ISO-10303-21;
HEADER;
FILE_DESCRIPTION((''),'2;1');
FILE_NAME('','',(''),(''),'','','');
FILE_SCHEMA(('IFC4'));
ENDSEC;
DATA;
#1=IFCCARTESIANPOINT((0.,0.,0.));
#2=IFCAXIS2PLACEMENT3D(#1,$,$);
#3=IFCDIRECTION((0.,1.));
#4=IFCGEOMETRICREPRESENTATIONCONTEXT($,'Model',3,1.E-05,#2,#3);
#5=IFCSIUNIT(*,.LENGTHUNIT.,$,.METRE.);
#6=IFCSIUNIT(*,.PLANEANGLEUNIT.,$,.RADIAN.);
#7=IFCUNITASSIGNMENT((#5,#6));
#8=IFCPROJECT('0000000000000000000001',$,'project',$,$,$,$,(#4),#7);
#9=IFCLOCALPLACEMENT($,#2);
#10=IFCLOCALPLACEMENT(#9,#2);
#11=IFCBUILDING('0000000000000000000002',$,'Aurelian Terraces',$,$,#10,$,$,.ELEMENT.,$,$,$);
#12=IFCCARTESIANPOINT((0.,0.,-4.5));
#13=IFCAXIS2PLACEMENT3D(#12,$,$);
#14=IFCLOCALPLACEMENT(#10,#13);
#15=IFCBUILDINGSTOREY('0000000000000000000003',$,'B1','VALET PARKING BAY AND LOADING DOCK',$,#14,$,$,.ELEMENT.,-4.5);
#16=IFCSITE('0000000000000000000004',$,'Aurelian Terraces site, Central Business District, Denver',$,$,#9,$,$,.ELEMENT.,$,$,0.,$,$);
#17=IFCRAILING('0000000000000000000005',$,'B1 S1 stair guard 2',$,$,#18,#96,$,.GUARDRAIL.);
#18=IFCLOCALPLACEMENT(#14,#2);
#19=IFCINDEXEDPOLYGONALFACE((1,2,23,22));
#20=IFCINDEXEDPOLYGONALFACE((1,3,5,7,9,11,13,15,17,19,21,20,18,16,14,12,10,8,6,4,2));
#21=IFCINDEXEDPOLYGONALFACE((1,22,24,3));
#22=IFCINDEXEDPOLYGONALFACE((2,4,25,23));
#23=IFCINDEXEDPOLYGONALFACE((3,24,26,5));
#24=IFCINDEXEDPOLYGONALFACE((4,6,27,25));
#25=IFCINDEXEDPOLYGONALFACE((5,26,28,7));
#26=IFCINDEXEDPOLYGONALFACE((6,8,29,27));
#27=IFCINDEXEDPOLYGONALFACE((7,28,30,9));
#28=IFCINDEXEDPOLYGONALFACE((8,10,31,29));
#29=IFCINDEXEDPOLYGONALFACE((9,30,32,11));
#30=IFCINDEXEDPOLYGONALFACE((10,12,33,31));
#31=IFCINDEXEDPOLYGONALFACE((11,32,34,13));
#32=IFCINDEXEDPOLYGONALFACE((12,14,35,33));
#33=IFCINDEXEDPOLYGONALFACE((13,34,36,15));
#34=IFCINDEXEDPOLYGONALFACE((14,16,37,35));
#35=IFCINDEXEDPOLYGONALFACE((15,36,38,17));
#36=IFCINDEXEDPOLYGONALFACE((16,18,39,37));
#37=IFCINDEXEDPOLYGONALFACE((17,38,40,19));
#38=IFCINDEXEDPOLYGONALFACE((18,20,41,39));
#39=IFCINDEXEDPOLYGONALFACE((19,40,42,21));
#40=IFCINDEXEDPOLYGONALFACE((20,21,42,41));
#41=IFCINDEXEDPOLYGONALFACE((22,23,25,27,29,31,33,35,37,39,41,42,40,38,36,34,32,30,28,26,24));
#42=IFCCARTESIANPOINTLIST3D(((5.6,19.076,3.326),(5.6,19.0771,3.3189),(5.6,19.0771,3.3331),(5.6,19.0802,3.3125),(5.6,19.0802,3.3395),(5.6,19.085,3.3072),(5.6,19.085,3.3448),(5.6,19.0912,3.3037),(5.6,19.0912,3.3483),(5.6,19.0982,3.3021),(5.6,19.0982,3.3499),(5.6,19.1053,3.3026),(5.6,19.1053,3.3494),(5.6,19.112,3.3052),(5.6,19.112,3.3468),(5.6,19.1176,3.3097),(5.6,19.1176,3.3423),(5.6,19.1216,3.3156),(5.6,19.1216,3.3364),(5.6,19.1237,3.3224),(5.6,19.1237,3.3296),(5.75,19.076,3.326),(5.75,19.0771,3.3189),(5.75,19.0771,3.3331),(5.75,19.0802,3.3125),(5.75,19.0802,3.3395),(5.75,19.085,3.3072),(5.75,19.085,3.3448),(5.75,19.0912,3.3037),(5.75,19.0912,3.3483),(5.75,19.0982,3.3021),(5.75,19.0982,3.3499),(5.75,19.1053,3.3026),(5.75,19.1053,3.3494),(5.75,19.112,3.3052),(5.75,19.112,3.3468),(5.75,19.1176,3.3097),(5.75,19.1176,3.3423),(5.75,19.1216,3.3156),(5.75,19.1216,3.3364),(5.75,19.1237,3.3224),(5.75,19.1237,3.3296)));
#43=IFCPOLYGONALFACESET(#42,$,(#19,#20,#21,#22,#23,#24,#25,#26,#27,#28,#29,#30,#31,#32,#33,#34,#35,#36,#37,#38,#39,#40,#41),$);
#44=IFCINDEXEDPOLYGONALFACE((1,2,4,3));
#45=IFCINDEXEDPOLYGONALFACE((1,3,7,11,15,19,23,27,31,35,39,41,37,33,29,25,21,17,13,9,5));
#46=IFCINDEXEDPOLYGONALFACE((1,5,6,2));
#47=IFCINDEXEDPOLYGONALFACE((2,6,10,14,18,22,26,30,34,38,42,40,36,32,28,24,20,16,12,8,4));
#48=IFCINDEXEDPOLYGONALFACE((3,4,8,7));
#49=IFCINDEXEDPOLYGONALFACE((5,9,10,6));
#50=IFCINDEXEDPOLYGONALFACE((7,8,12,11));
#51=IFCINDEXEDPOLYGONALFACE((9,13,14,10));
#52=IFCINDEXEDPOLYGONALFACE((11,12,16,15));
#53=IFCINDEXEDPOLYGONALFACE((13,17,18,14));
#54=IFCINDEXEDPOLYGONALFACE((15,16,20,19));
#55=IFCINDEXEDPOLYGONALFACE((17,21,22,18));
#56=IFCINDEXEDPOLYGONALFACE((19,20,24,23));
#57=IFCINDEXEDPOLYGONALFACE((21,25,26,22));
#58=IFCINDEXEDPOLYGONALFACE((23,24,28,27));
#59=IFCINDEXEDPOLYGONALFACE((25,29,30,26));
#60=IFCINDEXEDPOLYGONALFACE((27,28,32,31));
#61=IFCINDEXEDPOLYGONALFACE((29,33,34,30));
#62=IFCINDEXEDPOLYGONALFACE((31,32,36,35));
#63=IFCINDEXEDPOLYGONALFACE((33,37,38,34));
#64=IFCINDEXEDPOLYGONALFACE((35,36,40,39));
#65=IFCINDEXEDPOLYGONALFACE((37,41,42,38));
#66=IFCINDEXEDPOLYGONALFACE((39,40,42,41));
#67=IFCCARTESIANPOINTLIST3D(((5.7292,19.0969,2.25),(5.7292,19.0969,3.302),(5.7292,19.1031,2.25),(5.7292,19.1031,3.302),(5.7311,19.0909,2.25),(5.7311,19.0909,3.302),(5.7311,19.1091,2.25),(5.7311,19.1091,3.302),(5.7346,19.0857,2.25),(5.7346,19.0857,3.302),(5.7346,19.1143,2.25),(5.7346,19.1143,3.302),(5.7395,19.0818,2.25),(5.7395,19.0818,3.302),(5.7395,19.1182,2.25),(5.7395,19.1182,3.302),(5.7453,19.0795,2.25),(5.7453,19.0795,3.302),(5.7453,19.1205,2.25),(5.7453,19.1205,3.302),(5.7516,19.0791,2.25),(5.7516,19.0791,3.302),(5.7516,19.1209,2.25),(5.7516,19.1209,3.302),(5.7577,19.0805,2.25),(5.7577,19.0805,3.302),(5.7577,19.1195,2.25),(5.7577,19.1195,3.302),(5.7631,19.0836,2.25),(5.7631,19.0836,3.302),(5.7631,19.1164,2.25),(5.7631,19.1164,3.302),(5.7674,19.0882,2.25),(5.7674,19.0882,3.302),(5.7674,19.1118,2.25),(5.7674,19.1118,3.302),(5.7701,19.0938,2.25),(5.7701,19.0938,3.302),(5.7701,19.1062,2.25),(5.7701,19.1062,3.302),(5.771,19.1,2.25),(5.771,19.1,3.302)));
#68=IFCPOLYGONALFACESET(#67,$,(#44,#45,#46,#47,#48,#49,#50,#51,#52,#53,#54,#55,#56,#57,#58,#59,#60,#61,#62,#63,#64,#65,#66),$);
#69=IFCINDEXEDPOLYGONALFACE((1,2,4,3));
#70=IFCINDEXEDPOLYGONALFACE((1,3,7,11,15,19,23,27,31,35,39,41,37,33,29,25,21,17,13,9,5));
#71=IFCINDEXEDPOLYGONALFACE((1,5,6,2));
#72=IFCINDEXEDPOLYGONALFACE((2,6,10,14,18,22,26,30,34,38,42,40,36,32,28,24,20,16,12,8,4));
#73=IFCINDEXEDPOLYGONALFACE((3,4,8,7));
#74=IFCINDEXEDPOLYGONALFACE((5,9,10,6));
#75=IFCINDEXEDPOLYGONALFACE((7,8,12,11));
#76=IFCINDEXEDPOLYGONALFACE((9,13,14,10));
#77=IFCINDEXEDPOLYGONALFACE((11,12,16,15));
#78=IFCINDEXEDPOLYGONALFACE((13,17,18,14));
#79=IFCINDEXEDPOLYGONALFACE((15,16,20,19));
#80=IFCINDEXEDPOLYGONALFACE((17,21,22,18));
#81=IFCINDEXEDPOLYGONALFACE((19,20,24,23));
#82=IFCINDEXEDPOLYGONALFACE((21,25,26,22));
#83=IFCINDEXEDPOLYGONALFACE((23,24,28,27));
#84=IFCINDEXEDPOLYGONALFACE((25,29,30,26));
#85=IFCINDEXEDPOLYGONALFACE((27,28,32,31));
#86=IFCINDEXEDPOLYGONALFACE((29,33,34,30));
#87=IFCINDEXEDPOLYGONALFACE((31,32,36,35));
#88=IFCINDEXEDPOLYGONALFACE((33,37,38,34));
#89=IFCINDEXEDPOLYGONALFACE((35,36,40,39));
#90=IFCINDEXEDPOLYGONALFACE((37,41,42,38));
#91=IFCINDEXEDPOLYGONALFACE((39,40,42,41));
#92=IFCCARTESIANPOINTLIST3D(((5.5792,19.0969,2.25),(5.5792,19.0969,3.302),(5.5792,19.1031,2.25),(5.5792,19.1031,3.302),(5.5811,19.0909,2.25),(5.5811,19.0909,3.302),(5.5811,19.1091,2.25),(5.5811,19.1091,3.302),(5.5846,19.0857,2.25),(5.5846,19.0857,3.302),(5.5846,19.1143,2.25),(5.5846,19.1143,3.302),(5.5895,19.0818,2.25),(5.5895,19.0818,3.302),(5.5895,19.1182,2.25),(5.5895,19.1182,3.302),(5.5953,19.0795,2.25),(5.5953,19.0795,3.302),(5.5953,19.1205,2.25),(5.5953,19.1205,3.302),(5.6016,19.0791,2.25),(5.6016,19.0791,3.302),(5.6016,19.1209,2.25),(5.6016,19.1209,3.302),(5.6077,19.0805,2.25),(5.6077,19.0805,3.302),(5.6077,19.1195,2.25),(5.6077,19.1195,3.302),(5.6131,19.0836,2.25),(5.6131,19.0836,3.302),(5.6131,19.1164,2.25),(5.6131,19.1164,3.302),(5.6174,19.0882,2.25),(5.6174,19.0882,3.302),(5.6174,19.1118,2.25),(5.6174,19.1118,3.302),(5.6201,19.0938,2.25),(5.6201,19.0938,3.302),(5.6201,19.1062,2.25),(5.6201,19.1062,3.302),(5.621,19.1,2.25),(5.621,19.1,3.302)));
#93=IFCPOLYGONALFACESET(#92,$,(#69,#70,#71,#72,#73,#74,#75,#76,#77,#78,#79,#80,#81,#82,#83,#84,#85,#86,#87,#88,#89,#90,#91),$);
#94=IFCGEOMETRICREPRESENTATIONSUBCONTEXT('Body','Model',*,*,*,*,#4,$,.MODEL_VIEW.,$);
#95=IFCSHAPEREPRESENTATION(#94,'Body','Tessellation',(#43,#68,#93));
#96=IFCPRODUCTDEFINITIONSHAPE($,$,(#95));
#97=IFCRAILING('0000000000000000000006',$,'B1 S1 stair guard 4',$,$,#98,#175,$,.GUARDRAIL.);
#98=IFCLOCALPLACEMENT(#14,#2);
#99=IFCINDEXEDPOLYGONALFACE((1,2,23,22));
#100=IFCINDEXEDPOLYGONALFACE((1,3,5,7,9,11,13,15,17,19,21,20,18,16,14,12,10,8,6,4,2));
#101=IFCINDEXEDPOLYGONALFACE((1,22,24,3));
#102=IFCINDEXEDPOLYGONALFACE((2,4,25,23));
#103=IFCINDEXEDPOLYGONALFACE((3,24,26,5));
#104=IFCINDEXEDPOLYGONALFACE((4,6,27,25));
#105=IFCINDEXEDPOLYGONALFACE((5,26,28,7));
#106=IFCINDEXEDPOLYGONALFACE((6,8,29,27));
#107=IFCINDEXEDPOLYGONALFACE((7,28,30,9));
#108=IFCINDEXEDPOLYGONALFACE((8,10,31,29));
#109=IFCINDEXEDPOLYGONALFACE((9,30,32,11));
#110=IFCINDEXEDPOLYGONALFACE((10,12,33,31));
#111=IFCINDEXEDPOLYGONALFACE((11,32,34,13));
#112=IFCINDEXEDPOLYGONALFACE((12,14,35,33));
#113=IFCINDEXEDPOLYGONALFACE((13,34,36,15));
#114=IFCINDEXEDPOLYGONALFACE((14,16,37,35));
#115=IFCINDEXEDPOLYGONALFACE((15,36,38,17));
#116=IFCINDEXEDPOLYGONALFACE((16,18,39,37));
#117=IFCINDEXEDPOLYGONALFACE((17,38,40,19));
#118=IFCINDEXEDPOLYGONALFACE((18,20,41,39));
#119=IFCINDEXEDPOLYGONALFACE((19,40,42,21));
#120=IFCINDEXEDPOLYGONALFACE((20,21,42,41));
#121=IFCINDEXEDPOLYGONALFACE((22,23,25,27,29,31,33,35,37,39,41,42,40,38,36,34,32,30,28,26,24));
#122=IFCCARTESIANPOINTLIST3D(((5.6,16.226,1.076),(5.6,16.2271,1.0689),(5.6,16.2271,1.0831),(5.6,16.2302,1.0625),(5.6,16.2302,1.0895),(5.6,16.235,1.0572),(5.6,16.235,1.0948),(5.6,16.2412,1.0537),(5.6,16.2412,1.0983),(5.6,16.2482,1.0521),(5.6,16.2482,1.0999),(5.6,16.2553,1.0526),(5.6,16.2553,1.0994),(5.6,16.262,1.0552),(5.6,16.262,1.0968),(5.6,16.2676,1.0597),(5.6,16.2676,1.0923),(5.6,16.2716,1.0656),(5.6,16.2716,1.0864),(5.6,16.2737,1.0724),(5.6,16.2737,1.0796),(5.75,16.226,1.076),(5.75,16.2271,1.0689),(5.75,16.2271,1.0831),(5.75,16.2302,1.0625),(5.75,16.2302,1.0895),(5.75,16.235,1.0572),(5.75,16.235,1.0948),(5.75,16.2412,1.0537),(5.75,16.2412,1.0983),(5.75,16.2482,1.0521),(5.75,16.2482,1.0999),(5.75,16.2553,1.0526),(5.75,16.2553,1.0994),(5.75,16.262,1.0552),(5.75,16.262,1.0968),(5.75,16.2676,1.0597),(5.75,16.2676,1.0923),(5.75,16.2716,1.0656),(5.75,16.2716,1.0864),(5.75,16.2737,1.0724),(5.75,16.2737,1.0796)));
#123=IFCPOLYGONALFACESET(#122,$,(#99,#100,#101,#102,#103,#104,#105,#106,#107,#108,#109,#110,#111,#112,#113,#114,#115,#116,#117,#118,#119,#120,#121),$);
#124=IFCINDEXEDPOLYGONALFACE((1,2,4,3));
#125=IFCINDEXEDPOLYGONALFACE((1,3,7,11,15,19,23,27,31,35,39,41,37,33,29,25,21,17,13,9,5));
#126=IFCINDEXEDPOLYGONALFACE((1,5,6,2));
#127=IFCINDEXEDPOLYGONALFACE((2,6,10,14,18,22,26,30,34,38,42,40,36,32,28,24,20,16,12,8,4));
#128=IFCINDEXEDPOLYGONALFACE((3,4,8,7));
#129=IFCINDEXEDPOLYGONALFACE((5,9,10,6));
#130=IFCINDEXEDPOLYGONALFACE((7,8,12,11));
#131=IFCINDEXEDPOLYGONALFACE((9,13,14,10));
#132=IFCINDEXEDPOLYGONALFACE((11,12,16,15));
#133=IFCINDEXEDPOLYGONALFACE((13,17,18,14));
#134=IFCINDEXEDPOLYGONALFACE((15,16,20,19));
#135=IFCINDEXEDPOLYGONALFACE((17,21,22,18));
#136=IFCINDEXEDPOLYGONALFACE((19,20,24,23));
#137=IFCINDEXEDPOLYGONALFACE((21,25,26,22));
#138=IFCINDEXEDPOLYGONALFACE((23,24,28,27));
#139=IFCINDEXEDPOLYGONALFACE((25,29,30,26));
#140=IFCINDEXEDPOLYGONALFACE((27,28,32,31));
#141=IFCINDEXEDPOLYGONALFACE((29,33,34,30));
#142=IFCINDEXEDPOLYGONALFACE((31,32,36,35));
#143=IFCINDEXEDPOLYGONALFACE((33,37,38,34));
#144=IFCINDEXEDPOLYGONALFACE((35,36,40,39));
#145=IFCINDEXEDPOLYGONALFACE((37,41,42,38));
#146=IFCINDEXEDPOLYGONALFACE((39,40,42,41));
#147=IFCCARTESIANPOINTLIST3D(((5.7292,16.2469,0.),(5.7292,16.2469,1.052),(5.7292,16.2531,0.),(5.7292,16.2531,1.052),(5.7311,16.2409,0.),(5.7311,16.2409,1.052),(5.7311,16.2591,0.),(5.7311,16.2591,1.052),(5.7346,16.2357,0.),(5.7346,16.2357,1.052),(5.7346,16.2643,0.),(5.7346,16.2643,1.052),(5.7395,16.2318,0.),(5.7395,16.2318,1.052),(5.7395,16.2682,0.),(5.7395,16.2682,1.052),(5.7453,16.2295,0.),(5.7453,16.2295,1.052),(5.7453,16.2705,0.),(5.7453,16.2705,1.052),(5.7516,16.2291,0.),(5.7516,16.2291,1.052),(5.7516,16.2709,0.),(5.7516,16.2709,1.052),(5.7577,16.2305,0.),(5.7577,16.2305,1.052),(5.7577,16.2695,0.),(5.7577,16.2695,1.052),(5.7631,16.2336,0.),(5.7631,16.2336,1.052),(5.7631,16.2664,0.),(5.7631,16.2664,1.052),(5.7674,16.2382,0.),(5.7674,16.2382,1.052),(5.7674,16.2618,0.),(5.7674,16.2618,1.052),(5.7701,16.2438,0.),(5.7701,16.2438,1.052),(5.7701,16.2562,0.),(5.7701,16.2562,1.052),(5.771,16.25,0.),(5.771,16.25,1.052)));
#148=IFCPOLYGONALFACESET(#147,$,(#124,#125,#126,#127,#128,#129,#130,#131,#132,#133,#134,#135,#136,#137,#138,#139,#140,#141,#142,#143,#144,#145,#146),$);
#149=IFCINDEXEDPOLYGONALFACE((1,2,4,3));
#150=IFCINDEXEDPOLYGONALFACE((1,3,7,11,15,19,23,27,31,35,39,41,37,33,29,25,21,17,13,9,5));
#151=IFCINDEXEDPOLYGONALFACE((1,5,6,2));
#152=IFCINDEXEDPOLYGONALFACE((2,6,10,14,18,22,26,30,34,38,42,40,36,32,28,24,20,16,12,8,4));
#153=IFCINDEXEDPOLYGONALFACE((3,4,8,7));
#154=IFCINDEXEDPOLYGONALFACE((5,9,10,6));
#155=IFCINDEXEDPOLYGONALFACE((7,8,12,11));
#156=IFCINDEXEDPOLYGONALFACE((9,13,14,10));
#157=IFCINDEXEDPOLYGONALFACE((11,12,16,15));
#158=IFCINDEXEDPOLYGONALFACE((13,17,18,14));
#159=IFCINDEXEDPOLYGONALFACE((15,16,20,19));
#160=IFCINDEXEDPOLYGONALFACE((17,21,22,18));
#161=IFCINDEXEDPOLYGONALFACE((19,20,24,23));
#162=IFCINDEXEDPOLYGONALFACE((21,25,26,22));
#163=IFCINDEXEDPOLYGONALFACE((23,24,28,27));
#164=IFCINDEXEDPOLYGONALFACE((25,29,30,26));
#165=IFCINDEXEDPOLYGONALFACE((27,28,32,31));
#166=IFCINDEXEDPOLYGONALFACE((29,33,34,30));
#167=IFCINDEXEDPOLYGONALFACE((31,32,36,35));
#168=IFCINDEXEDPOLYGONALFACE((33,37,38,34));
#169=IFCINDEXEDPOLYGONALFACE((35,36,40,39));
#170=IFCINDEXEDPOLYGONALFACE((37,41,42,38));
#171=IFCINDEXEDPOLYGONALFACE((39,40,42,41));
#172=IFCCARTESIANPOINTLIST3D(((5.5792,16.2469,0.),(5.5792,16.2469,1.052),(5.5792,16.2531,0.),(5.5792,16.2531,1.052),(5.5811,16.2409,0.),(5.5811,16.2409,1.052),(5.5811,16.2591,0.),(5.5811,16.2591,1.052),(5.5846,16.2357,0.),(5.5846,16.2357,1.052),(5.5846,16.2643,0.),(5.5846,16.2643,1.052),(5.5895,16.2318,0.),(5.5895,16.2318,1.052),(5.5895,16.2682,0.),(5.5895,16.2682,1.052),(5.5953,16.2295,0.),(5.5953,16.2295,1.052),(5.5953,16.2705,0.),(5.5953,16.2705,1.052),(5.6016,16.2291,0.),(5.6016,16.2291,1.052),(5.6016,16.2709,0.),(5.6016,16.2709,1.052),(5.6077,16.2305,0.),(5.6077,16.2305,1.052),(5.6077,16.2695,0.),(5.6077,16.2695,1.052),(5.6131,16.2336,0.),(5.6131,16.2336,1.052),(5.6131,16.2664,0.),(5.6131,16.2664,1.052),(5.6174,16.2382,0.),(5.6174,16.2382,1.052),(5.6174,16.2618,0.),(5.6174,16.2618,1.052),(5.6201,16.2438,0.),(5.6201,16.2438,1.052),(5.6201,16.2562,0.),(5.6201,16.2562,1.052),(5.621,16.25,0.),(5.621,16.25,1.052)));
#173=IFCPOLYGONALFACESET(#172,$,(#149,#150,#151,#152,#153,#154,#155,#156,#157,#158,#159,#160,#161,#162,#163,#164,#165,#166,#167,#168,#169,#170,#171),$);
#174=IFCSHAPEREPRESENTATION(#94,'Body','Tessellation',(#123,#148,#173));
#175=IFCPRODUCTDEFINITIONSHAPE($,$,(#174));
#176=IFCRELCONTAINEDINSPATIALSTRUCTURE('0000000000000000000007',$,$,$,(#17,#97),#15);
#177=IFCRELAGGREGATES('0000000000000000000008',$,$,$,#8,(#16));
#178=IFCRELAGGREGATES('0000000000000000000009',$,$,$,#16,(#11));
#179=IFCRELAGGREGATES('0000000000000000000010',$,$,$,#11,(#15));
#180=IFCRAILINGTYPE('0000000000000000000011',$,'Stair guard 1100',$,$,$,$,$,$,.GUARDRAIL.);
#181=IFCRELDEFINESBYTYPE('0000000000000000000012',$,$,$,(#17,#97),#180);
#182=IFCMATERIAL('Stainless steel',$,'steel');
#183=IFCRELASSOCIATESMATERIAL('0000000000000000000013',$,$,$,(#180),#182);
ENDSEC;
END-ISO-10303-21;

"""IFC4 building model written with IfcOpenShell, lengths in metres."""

from ifc_helpers import new_model, si_unit, direction, frame, origin, origin_2d, place, context, subcontext, project, spatial, circle, extrude, source, transform, mapped, material, type_object, element, save


model = new_model("IFC4")

# Units and contexts
model_context = context("Model", 3, precision=1e-05, world=origin(), true_north=direction((0.0, 1.0)))
body_context = subcontext(model_context, "Body", "Model", "MODEL_VIEW")
ifc_project = project(units=[si_unit("LENGTHUNIT", "METRE"), si_unit("PLANEANGLEUNIT", "RADIAN")], contexts=[model_context])

# Site, building, storey
site_placement = place(None, origin())
site = spatial("IfcSite", under=ifc_project, at=site_placement, Name="Aurelian Terraces site, Central Business District, Denver", CompositionType="ELEMENT", RefElevation=0.0)
building_placement = place(site_placement, origin())
building = spatial("IfcBuilding", under=site, at=building_placement, Name="Aurelian Terraces", CompositionType="ELEMENT")
storey_placement = place(building_placement, frame((0.0, 0.0, -4.5)))
storey = spatial("IfcBuildingStorey", under=building, at=storey_placement, Name="B1", Description="VALET PARKING BAY AND LOADING DOCK", CompositionType="ELEMENT", Elevation=-4.5)

# Shared definitions
ifc_material_1 = material(Name="Stainless steel", Category="steel")

# Railings
railing_type_1 = type_object("IfcRailingType", Name="Stair guard 1100", PredefinedType="GUARDRAIL", material=ifc_material_1)
shared_shape_1 = source(origin(), body_context, "Body", "SweptSolid", [
    extrude(circle(Radius=0.024, at=origin_2d()), frame((0.0, 0.0, 1.076), z_axis=(-1.0, 0.0, 0.0), x_axis=(0.0, -1.0, 0.0)), (0.0, 0.0, 1.0), 0.15),
    extrude(circle(Radius=0.021, at=origin_2d()), origin(), (0.0, 0.0, 1.0), 1.052),
    extrude(circle(Radius=0.021, at=origin_2d()), frame((-0.15, 0.0, 0.0)), (0.0, 0.0, 1.0), 1.052),
])
for number, where, name in (
    (1, (5.75, 19.1, 2.25), "B1 S1 stair guard 2"),
    (2, (5.75, 16.25, 0.0), "B1 S1 stair guard 4"),
):
    element("IfcRailing", number, at=place(storey_placement, frame(where)), inside=storey, type_object=railing_type_1, Name=name, PredefinedType="GUARDRAIL", context=body_context, shape_type="MappedRepresentation", body=[
        mapped(shared_shape_1, transform((0.0, 0.0, 0.0), scale=1.0)),
    ])

save(model, "model.ifc")
